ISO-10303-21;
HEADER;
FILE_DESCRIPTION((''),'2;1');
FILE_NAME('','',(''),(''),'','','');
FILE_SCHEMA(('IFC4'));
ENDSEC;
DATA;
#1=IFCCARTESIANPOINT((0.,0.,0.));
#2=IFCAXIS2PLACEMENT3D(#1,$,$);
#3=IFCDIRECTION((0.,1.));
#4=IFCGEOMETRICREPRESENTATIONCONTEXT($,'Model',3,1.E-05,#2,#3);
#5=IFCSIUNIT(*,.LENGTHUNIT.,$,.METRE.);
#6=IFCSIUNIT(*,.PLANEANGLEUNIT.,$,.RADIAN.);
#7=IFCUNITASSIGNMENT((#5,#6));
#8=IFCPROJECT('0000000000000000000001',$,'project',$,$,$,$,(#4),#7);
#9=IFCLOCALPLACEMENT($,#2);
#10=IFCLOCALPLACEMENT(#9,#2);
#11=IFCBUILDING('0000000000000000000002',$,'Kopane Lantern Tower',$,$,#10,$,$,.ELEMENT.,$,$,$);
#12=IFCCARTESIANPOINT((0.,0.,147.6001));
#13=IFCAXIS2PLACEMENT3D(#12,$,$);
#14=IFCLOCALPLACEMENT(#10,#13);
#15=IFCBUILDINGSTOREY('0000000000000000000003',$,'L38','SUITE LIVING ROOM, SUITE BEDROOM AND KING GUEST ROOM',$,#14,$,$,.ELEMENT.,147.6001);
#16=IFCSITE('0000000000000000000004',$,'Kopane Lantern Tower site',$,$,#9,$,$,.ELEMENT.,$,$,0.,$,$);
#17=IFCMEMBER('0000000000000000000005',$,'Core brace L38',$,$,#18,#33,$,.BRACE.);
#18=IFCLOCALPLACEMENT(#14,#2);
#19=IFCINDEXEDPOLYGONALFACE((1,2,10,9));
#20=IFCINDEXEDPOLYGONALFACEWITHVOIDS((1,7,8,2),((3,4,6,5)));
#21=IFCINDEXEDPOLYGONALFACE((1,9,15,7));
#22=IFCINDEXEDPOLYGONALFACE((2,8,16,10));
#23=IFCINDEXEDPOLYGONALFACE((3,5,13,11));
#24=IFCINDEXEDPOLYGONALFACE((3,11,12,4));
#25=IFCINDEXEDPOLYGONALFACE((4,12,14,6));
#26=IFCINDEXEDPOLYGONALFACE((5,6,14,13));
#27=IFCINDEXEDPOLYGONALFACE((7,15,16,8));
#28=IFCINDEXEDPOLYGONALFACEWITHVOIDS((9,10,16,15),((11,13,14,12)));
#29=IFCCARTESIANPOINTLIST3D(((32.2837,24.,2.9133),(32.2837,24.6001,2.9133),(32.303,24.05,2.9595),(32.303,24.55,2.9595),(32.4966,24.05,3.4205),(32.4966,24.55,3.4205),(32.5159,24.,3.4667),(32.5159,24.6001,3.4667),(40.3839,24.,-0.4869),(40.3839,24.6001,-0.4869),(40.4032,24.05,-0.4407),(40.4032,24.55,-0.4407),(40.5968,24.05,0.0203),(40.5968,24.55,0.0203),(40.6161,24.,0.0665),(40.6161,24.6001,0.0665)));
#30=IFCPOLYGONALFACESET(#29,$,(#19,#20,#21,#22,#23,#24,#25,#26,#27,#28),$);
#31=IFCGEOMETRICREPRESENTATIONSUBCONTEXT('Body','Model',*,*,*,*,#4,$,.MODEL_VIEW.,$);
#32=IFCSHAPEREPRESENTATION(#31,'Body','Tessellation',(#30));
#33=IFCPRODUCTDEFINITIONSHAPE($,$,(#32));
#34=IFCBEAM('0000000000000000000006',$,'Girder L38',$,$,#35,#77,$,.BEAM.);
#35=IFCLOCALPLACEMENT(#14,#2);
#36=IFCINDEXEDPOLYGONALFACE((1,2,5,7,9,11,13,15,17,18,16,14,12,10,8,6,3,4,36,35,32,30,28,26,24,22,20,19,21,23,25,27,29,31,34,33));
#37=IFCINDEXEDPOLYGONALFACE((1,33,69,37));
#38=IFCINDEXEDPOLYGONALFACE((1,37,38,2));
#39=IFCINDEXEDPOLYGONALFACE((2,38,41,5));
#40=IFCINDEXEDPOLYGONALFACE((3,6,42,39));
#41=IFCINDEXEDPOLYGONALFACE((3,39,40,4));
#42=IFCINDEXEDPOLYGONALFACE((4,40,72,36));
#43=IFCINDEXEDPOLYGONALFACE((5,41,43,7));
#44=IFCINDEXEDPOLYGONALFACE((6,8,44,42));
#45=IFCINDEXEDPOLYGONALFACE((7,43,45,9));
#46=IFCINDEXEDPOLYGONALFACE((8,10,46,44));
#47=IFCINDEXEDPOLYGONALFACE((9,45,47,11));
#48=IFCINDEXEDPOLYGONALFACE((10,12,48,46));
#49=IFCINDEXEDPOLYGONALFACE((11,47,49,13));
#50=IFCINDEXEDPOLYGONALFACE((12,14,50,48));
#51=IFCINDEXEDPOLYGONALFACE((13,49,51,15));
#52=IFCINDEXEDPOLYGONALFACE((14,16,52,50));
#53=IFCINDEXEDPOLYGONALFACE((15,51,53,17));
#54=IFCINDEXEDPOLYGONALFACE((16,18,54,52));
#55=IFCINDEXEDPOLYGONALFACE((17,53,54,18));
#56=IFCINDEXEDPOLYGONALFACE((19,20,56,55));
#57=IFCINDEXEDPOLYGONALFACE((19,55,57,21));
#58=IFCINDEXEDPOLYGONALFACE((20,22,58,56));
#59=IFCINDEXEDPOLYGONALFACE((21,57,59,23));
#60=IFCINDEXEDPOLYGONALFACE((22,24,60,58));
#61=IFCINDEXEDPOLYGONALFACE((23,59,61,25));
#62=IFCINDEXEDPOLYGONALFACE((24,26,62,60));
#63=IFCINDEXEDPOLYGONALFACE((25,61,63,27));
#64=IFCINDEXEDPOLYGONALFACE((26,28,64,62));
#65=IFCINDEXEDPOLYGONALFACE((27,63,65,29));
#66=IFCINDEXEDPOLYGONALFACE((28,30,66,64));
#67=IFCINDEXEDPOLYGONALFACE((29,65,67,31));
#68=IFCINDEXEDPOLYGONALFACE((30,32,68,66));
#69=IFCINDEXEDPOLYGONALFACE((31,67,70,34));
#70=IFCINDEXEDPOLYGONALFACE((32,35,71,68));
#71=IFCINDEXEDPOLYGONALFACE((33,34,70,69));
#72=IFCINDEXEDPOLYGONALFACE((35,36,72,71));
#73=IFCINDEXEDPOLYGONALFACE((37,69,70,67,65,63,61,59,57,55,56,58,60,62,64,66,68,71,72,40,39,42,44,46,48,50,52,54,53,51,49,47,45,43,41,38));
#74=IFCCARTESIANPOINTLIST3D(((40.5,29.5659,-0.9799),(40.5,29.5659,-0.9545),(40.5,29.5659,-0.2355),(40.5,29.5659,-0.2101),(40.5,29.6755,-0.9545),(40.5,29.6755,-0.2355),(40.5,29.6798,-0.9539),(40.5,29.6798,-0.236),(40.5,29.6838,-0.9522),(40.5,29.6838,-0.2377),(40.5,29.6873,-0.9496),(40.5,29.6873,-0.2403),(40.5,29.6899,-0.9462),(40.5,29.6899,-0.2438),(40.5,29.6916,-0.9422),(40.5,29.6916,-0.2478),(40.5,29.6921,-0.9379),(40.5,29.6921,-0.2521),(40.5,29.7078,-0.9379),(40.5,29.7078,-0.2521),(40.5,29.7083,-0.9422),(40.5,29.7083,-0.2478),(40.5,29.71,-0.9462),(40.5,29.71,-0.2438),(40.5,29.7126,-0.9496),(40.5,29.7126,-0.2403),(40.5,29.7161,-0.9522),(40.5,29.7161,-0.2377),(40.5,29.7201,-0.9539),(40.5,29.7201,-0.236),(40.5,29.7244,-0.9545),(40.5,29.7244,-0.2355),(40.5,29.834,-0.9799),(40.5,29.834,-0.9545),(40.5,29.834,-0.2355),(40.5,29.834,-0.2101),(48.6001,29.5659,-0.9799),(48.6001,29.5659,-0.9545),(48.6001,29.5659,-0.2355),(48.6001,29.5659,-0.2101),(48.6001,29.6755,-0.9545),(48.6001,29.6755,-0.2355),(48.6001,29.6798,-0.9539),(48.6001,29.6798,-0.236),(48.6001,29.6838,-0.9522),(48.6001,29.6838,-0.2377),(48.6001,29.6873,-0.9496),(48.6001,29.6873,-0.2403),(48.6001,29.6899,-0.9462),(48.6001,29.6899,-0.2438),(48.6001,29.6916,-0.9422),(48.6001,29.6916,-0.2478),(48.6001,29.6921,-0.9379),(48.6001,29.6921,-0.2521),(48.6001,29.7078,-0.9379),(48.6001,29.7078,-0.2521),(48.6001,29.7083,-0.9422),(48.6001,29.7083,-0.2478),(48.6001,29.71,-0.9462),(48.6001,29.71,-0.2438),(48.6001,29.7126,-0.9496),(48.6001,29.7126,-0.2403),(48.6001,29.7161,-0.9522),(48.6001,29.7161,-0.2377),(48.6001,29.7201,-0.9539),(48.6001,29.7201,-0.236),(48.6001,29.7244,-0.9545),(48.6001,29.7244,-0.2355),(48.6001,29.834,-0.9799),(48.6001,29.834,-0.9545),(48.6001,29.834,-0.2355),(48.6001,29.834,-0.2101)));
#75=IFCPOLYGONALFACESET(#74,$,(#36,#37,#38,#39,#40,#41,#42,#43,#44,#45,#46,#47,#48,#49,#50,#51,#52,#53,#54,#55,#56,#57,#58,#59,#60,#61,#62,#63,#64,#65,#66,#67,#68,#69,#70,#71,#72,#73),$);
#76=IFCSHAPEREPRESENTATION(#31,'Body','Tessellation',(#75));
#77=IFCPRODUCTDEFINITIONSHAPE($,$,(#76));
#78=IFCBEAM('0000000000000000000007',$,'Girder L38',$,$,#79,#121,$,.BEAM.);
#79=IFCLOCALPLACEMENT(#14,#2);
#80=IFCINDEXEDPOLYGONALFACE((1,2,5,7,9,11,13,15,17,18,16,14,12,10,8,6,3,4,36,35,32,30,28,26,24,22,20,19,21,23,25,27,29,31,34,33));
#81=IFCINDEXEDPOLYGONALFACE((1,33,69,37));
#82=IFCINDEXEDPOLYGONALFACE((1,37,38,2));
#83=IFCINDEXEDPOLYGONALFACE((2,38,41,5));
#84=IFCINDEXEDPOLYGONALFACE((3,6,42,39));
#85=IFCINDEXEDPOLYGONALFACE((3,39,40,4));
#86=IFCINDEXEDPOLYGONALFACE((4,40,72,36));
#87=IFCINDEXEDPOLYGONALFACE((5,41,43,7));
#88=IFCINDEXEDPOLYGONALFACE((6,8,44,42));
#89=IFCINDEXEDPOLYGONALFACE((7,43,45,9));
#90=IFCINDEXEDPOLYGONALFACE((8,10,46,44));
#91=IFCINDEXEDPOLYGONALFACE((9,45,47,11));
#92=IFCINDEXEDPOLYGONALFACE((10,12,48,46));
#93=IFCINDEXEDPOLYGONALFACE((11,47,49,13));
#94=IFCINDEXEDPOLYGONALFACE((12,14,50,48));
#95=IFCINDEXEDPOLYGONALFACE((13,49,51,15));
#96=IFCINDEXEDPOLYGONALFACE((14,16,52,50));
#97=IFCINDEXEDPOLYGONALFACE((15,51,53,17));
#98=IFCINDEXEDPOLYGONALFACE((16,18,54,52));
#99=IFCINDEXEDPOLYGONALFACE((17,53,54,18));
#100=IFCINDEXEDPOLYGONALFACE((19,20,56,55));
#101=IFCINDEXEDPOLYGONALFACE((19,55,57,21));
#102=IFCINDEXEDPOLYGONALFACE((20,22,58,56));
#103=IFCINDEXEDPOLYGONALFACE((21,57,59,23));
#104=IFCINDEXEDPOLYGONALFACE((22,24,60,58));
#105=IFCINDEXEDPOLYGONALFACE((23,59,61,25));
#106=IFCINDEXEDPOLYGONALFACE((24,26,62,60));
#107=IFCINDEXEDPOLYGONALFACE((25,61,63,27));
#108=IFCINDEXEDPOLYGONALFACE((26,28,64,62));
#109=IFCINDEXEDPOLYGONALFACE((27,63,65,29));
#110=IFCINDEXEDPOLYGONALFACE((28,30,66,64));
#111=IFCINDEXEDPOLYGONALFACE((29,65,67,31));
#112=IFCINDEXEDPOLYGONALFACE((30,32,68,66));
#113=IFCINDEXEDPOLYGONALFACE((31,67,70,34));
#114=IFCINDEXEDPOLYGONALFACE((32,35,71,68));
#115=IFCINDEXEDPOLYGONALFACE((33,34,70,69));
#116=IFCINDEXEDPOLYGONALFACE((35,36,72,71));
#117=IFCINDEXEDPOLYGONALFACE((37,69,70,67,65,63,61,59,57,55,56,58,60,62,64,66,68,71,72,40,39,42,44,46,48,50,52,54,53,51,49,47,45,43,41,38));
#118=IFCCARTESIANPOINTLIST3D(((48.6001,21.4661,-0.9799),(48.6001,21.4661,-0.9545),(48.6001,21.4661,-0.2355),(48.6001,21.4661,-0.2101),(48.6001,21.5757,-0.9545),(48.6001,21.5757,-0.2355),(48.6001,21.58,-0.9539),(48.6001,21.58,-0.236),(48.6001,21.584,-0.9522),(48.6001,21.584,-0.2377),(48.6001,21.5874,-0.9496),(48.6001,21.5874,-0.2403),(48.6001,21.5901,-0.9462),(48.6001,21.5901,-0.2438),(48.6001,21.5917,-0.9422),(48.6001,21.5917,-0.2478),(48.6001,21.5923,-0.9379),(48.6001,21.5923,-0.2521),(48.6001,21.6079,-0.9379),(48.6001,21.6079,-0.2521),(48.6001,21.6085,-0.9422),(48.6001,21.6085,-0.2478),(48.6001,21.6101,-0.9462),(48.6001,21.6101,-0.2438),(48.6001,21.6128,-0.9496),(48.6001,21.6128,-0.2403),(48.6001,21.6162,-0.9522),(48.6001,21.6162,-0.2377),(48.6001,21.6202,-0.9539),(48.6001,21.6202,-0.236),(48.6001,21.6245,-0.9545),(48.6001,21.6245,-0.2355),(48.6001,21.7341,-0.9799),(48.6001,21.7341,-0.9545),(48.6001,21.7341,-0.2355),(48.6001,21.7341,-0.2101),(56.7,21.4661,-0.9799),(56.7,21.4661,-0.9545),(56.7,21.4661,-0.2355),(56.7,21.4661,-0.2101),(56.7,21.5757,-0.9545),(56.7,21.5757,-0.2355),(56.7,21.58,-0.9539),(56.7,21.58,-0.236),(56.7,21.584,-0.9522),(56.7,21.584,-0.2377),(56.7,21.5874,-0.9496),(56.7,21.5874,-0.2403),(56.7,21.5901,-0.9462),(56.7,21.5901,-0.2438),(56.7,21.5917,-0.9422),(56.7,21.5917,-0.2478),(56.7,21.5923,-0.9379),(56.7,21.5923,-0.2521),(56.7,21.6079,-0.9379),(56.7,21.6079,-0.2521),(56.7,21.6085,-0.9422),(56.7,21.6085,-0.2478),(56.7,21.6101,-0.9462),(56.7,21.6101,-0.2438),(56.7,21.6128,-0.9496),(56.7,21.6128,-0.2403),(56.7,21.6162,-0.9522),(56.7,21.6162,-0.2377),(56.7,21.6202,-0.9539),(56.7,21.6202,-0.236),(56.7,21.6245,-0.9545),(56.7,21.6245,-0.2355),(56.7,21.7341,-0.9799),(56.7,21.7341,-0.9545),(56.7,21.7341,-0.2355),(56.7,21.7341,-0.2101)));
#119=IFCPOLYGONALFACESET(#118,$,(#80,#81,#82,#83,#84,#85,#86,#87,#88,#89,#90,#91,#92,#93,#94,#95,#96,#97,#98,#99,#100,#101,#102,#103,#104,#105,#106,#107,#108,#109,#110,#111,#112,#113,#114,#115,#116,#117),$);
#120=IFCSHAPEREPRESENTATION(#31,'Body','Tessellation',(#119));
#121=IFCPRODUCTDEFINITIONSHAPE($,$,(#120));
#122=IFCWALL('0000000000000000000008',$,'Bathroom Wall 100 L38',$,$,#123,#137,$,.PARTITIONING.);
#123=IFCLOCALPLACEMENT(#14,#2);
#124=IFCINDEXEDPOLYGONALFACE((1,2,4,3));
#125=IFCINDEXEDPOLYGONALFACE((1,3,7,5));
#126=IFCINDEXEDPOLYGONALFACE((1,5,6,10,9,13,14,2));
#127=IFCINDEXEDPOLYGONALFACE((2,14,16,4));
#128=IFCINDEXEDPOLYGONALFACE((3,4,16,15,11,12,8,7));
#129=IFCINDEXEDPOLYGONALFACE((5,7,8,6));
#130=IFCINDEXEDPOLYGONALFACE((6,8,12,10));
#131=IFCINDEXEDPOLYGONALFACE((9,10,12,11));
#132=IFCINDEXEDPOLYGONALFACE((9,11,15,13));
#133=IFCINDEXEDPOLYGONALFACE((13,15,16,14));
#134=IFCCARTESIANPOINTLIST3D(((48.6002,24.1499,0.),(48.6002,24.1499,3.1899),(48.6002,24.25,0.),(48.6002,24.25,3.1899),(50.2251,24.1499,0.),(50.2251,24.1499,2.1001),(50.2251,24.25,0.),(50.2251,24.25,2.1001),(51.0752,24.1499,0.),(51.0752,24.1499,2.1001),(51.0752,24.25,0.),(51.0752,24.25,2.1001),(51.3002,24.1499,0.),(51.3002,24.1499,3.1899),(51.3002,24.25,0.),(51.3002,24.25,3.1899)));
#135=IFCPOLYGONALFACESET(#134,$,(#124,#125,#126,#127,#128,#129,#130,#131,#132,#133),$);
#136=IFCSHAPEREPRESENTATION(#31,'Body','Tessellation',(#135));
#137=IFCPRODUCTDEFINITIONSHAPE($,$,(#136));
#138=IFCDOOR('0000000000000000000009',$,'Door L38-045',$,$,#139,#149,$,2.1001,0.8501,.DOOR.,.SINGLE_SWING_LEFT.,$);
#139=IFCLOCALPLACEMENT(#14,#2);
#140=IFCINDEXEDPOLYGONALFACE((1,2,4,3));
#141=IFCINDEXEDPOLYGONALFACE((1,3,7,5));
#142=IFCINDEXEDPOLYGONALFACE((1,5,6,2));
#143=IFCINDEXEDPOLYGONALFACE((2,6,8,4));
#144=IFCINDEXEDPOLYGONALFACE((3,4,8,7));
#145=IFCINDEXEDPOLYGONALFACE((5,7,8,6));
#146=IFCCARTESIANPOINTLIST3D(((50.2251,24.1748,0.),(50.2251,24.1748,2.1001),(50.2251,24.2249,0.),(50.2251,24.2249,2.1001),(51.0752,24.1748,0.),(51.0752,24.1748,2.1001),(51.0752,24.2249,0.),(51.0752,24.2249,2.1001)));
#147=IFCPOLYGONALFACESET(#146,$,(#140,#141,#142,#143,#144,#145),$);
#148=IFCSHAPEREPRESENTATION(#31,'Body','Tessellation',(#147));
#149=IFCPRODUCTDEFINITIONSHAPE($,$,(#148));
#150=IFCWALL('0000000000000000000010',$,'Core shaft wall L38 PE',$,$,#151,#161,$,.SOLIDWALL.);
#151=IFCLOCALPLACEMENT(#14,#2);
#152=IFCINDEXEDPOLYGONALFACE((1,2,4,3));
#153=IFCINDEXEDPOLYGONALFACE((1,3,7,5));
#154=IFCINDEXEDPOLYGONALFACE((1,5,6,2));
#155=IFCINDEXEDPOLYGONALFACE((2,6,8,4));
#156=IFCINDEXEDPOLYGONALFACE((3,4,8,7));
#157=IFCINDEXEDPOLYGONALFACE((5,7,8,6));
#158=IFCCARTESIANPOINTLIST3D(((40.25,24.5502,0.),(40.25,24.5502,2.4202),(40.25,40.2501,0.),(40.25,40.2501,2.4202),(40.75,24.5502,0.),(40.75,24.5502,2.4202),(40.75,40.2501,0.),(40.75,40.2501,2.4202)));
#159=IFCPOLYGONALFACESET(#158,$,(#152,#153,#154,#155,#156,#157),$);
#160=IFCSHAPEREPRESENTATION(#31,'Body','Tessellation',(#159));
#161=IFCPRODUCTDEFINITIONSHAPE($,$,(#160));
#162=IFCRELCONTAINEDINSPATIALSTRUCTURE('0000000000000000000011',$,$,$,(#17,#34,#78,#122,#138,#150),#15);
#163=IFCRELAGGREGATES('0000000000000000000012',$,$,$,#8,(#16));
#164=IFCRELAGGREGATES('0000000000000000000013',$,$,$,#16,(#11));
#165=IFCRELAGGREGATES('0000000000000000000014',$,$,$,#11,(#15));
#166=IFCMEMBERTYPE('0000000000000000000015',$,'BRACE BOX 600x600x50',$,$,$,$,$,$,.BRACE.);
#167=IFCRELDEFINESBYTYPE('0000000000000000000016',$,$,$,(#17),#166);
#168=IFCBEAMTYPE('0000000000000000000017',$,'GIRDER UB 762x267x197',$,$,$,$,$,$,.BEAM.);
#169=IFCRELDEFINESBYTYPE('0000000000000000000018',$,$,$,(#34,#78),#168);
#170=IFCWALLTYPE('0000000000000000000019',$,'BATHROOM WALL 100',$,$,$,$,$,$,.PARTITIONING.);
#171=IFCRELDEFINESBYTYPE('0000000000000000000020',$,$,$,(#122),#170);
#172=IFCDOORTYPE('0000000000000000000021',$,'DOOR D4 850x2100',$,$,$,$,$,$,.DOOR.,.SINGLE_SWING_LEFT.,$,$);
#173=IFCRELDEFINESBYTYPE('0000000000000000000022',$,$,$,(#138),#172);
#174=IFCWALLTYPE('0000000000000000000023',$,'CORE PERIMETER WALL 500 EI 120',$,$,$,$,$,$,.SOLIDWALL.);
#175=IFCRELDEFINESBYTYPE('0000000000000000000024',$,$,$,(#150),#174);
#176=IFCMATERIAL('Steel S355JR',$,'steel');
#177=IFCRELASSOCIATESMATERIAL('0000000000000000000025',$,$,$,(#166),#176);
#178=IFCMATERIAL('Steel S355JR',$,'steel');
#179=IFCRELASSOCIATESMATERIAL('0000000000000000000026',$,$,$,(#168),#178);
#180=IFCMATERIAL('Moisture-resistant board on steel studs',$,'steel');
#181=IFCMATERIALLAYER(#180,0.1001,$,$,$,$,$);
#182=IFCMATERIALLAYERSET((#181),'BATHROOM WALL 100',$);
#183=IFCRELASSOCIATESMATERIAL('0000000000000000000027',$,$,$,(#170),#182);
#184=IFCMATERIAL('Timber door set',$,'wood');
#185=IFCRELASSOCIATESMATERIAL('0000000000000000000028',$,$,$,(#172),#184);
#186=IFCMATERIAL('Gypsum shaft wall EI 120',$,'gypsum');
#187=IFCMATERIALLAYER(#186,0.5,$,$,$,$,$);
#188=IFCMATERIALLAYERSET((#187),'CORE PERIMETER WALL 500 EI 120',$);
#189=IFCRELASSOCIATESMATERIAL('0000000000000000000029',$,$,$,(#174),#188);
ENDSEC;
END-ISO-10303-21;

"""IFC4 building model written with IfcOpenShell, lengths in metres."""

from ifc_helpers import new_model, si_unit, direction, frame, frame_2d, origin, origin_2d, place, context, subcontext, project, spatial, rectangle, hollow_rectangle, i_section, extrude, material, layer, layer_set, material_profile, profile_set, type_object, element, fill, save


model = new_model("IFC4")

# Units and contexts
model_context = context("Model", 3, precision=1e-05, world=origin(), true_north=direction((0.0, 1.0)))
body_context = subcontext(model_context, "Body", "Model", "MODEL_VIEW")
ifc_project = project(units=[si_unit("LENGTHUNIT", "METRE"), si_unit("PLANEANGLEUNIT", "RADIAN")], contexts=[model_context])

# Site, building, storey
site_placement = place(None, origin())
site = spatial("IfcSite", under=ifc_project, at=site_placement, Name="Kopane Lantern Tower site", CompositionType="ELEMENT", RefElevation=0.0)
building_placement = place(site_placement, origin())
building = spatial("IfcBuilding", under=site, at=building_placement, Name="Kopane Lantern Tower", CompositionType="ELEMENT")
storey_placement = place(building_placement, frame((0.0, 0.0, 147.6001)))
storey = spatial("IfcBuildingStorey", under=building, at=storey_placement, Name="L38", Description="SUITE LIVING ROOM, SUITE BEDROOM AND KING GUEST ROOM", CompositionType="ELEMENT", Elevation=147.6001)

# Member
ifc_material_1 = material(Name="Steel S355JR", Category="steel")
ifc_material_profile_1 = material_profile(ifc_material_1, hollow_rectangle(XDim=0.6001, YDim=0.6001, WallThickness=0.05, at=origin_2d()), Name="BOX 600x600x50")
ifc_profile_set_1 = profile_set([ifc_material_profile_1], Name="Steel S355JR")
member_type = type_object("IfcMemberType", Name="BRACE BOX 600x600x50", PredefinedType="BRACE", material=ifc_profile_set_1)
member_placement = place(storey_placement, frame((40.5, 24.3, -0.2102), z_axis=(-0.922059, 0.0, 0.387049), x_axis=(0.0, -1.0, 0.0)))
element("IfcMember", 1, at=member_placement, inside=storey, type_object=member_type, Name="Core brace L38", PredefinedType="BRACE", context=body_context, shape_type="SweptSolid", body=[
    extrude(hollow_rectangle(XDim=0.6001, YDim=0.6001, WallThickness=0.05, at=origin_2d()), origin(), (0.0, 0.0, 1.0), 8.7849),
])

# Beams
ifc_material_2 = material(Name="Steel S355JR", Category="steel")
ifc_material_profile_2 = material_profile(ifc_material_2, i_section(OverallWidth=0.2681, OverallDepth=0.7698, WebThickness=0.0156, FlangeThickness=0.0254, FilletRadius=0.0166, at=origin_2d()), Name="UB 762x267x197")
ifc_profile_set_2 = profile_set([ifc_material_profile_2], Name="Steel S355JR")
beam_type = type_object("IfcBeamType", Name="GIRDER UB 762x267x197", PredefinedType="BEAM", material=ifc_profile_set_2)
beam_1_placement = place(storey_placement, frame((40.5, 29.7, -0.595), z_axis=(1.0, 0.0, 0.0), x_axis=(0.0, 1.0, 0.0)))
element("IfcBeam", 2, at=beam_1_placement, inside=storey, type_object=beam_type, Name="Girder L38", PredefinedType="BEAM", context=body_context, shape_type="SweptSolid", body=[
    extrude(i_section(OverallWidth=0.2681, OverallDepth=0.7698, WebThickness=0.0156, FlangeThickness=0.0254, FilletRadius=0.0166, at=origin_2d()), origin(), (0.0, 0.0, 1.0), 8.1001),
])
beam_2_placement = place(storey_placement, frame((48.6001, 21.6001, -0.595), z_axis=(1.0, 0.0, 0.0), x_axis=(0.0, 1.0, 0.0)))
element("IfcBeam", 3, at=beam_2_placement, inside=storey, type_object=beam_type, Name="Girder L38", PredefinedType="BEAM", context=body_context, shape_type="SweptSolid", body=[
    extrude(i_section(OverallWidth=0.2681, OverallDepth=0.7698, WebThickness=0.0156, FlangeThickness=0.0254, FilletRadius=0.0166, at=origin_2d()), origin(), (0.0, 0.0, 1.0), 8.0999),
])

# Wall, opening, door
ifc_material_3 = material(Name="Moisture-resistant board on steel studs", Category="steel")
ifc_layer_1 = layer(ifc_material_3, 0.1001)
ifc_layer_set_1 = layer_set([ifc_layer_1], Name="BATHROOM WALL 100")
wall_type_1 = type_object("IfcWallType", Name="BATHROOM WALL 100", PredefinedType="PARTITIONING", material=ifc_layer_set_1)
wall_1_placement = place(storey_placement, frame((48.6001, 24.2, 0.0), z_axis=(0.0, 0.0, 1.0), x_axis=(1.0, 0.0, 0.0)))
wall_1 = element("IfcWall", 4, at=wall_1_placement, inside=storey, type_object=wall_type_1, Name="Bathroom Wall 100 L38", PredefinedType="PARTITIONING", context=body_context, shape_type="SweptSolid", body=[
    extrude(rectangle(XDim=2.7, YDim=0.1001, at=frame_2d((1.3501, 0.0))), origin(), (0.0, 0.0, 1.0), 3.1899),
])
opening_1_placement = place(wall_1_placement, frame((1.625, 0.0, 0.0)))
opening_1 = element("IfcOpeningElement", 5, at=opening_1_placement, cuts=wall_1, PredefinedType="OPENING", context=body_context, shape_type="SweptSolid", body=[
    extrude(rectangle(XDim=0.8501, YDim=2.1001, at=frame_2d((0.425, 1.05))), frame((0.0, 0.0601, 0.0), z_axis=(0.0, -1.0, 0.0), x_axis=(1.0, 0.0, 0.0)), (0.0, 0.0, 1.0), 0.1201),
])
ifc_material_4 = material(Name="Timber door set", Category="wood")
door_type_1 = type_object("IfcDoorType", Name="DOOR D4 850x2100", OperationType="SINGLE_SWING_LEFT", PredefinedType="DOOR", material=ifc_material_4)
door_1_placement = place(opening_1_placement, origin())
door_1 = element("IfcDoor", 6, at=door_1_placement, inside=storey, type_object=door_type_1, Name="Door L38-045", OperationType="SINGLE_SWING_LEFT", OverallHeight=2.1001, OverallWidth=0.8501, PredefinedType="DOOR", context=body_context, shape_type="SweptSolid", body=[
    extrude(rectangle(XDim=0.8501, YDim=2.1001, at=frame_2d((0.425, 1.05))), frame((0.0, 0.0249, 0.0), z_axis=(0.0, -1.0, 0.0), x_axis=(1.0, 0.0, 0.0)), (0.0, 0.0, 1.0), 0.05),
])
fill(opening_1, door_1)

# Wall
ifc_material_5 = material(Name="Gypsum shaft wall EI 120", Category="gypsum")
ifc_layer_2 = layer(ifc_material_5, 0.5)
ifc_layer_set_2 = layer_set([ifc_layer_2], Name="CORE PERIMETER WALL 500 EI 120")
wall_type_2 = type_object("IfcWallType", Name="CORE PERIMETER WALL 500 EI 120", PredefinedType="SOLIDWALL", material=ifc_layer_set_2)
wall_2_placement = place(storey_placement, frame((40.5, 24.55, 0.0), z_axis=(0.0, 0.0, 1.0), x_axis=(0.0, 1.0, 0.0)))
element("IfcWall", 7, at=wall_2_placement, inside=storey, type_object=wall_type_2, Name="Core shaft wall L38 PE", PredefinedType="SOLIDWALL", context=body_context, shape_type="SweptSolid", body=[
    extrude(rectangle(XDim=15.7, YDim=0.5, at=frame_2d((7.8501, 0.0))), origin(), (0.0, 0.0, 1.0), 2.4202),
])

save(model, "model.ifc")
